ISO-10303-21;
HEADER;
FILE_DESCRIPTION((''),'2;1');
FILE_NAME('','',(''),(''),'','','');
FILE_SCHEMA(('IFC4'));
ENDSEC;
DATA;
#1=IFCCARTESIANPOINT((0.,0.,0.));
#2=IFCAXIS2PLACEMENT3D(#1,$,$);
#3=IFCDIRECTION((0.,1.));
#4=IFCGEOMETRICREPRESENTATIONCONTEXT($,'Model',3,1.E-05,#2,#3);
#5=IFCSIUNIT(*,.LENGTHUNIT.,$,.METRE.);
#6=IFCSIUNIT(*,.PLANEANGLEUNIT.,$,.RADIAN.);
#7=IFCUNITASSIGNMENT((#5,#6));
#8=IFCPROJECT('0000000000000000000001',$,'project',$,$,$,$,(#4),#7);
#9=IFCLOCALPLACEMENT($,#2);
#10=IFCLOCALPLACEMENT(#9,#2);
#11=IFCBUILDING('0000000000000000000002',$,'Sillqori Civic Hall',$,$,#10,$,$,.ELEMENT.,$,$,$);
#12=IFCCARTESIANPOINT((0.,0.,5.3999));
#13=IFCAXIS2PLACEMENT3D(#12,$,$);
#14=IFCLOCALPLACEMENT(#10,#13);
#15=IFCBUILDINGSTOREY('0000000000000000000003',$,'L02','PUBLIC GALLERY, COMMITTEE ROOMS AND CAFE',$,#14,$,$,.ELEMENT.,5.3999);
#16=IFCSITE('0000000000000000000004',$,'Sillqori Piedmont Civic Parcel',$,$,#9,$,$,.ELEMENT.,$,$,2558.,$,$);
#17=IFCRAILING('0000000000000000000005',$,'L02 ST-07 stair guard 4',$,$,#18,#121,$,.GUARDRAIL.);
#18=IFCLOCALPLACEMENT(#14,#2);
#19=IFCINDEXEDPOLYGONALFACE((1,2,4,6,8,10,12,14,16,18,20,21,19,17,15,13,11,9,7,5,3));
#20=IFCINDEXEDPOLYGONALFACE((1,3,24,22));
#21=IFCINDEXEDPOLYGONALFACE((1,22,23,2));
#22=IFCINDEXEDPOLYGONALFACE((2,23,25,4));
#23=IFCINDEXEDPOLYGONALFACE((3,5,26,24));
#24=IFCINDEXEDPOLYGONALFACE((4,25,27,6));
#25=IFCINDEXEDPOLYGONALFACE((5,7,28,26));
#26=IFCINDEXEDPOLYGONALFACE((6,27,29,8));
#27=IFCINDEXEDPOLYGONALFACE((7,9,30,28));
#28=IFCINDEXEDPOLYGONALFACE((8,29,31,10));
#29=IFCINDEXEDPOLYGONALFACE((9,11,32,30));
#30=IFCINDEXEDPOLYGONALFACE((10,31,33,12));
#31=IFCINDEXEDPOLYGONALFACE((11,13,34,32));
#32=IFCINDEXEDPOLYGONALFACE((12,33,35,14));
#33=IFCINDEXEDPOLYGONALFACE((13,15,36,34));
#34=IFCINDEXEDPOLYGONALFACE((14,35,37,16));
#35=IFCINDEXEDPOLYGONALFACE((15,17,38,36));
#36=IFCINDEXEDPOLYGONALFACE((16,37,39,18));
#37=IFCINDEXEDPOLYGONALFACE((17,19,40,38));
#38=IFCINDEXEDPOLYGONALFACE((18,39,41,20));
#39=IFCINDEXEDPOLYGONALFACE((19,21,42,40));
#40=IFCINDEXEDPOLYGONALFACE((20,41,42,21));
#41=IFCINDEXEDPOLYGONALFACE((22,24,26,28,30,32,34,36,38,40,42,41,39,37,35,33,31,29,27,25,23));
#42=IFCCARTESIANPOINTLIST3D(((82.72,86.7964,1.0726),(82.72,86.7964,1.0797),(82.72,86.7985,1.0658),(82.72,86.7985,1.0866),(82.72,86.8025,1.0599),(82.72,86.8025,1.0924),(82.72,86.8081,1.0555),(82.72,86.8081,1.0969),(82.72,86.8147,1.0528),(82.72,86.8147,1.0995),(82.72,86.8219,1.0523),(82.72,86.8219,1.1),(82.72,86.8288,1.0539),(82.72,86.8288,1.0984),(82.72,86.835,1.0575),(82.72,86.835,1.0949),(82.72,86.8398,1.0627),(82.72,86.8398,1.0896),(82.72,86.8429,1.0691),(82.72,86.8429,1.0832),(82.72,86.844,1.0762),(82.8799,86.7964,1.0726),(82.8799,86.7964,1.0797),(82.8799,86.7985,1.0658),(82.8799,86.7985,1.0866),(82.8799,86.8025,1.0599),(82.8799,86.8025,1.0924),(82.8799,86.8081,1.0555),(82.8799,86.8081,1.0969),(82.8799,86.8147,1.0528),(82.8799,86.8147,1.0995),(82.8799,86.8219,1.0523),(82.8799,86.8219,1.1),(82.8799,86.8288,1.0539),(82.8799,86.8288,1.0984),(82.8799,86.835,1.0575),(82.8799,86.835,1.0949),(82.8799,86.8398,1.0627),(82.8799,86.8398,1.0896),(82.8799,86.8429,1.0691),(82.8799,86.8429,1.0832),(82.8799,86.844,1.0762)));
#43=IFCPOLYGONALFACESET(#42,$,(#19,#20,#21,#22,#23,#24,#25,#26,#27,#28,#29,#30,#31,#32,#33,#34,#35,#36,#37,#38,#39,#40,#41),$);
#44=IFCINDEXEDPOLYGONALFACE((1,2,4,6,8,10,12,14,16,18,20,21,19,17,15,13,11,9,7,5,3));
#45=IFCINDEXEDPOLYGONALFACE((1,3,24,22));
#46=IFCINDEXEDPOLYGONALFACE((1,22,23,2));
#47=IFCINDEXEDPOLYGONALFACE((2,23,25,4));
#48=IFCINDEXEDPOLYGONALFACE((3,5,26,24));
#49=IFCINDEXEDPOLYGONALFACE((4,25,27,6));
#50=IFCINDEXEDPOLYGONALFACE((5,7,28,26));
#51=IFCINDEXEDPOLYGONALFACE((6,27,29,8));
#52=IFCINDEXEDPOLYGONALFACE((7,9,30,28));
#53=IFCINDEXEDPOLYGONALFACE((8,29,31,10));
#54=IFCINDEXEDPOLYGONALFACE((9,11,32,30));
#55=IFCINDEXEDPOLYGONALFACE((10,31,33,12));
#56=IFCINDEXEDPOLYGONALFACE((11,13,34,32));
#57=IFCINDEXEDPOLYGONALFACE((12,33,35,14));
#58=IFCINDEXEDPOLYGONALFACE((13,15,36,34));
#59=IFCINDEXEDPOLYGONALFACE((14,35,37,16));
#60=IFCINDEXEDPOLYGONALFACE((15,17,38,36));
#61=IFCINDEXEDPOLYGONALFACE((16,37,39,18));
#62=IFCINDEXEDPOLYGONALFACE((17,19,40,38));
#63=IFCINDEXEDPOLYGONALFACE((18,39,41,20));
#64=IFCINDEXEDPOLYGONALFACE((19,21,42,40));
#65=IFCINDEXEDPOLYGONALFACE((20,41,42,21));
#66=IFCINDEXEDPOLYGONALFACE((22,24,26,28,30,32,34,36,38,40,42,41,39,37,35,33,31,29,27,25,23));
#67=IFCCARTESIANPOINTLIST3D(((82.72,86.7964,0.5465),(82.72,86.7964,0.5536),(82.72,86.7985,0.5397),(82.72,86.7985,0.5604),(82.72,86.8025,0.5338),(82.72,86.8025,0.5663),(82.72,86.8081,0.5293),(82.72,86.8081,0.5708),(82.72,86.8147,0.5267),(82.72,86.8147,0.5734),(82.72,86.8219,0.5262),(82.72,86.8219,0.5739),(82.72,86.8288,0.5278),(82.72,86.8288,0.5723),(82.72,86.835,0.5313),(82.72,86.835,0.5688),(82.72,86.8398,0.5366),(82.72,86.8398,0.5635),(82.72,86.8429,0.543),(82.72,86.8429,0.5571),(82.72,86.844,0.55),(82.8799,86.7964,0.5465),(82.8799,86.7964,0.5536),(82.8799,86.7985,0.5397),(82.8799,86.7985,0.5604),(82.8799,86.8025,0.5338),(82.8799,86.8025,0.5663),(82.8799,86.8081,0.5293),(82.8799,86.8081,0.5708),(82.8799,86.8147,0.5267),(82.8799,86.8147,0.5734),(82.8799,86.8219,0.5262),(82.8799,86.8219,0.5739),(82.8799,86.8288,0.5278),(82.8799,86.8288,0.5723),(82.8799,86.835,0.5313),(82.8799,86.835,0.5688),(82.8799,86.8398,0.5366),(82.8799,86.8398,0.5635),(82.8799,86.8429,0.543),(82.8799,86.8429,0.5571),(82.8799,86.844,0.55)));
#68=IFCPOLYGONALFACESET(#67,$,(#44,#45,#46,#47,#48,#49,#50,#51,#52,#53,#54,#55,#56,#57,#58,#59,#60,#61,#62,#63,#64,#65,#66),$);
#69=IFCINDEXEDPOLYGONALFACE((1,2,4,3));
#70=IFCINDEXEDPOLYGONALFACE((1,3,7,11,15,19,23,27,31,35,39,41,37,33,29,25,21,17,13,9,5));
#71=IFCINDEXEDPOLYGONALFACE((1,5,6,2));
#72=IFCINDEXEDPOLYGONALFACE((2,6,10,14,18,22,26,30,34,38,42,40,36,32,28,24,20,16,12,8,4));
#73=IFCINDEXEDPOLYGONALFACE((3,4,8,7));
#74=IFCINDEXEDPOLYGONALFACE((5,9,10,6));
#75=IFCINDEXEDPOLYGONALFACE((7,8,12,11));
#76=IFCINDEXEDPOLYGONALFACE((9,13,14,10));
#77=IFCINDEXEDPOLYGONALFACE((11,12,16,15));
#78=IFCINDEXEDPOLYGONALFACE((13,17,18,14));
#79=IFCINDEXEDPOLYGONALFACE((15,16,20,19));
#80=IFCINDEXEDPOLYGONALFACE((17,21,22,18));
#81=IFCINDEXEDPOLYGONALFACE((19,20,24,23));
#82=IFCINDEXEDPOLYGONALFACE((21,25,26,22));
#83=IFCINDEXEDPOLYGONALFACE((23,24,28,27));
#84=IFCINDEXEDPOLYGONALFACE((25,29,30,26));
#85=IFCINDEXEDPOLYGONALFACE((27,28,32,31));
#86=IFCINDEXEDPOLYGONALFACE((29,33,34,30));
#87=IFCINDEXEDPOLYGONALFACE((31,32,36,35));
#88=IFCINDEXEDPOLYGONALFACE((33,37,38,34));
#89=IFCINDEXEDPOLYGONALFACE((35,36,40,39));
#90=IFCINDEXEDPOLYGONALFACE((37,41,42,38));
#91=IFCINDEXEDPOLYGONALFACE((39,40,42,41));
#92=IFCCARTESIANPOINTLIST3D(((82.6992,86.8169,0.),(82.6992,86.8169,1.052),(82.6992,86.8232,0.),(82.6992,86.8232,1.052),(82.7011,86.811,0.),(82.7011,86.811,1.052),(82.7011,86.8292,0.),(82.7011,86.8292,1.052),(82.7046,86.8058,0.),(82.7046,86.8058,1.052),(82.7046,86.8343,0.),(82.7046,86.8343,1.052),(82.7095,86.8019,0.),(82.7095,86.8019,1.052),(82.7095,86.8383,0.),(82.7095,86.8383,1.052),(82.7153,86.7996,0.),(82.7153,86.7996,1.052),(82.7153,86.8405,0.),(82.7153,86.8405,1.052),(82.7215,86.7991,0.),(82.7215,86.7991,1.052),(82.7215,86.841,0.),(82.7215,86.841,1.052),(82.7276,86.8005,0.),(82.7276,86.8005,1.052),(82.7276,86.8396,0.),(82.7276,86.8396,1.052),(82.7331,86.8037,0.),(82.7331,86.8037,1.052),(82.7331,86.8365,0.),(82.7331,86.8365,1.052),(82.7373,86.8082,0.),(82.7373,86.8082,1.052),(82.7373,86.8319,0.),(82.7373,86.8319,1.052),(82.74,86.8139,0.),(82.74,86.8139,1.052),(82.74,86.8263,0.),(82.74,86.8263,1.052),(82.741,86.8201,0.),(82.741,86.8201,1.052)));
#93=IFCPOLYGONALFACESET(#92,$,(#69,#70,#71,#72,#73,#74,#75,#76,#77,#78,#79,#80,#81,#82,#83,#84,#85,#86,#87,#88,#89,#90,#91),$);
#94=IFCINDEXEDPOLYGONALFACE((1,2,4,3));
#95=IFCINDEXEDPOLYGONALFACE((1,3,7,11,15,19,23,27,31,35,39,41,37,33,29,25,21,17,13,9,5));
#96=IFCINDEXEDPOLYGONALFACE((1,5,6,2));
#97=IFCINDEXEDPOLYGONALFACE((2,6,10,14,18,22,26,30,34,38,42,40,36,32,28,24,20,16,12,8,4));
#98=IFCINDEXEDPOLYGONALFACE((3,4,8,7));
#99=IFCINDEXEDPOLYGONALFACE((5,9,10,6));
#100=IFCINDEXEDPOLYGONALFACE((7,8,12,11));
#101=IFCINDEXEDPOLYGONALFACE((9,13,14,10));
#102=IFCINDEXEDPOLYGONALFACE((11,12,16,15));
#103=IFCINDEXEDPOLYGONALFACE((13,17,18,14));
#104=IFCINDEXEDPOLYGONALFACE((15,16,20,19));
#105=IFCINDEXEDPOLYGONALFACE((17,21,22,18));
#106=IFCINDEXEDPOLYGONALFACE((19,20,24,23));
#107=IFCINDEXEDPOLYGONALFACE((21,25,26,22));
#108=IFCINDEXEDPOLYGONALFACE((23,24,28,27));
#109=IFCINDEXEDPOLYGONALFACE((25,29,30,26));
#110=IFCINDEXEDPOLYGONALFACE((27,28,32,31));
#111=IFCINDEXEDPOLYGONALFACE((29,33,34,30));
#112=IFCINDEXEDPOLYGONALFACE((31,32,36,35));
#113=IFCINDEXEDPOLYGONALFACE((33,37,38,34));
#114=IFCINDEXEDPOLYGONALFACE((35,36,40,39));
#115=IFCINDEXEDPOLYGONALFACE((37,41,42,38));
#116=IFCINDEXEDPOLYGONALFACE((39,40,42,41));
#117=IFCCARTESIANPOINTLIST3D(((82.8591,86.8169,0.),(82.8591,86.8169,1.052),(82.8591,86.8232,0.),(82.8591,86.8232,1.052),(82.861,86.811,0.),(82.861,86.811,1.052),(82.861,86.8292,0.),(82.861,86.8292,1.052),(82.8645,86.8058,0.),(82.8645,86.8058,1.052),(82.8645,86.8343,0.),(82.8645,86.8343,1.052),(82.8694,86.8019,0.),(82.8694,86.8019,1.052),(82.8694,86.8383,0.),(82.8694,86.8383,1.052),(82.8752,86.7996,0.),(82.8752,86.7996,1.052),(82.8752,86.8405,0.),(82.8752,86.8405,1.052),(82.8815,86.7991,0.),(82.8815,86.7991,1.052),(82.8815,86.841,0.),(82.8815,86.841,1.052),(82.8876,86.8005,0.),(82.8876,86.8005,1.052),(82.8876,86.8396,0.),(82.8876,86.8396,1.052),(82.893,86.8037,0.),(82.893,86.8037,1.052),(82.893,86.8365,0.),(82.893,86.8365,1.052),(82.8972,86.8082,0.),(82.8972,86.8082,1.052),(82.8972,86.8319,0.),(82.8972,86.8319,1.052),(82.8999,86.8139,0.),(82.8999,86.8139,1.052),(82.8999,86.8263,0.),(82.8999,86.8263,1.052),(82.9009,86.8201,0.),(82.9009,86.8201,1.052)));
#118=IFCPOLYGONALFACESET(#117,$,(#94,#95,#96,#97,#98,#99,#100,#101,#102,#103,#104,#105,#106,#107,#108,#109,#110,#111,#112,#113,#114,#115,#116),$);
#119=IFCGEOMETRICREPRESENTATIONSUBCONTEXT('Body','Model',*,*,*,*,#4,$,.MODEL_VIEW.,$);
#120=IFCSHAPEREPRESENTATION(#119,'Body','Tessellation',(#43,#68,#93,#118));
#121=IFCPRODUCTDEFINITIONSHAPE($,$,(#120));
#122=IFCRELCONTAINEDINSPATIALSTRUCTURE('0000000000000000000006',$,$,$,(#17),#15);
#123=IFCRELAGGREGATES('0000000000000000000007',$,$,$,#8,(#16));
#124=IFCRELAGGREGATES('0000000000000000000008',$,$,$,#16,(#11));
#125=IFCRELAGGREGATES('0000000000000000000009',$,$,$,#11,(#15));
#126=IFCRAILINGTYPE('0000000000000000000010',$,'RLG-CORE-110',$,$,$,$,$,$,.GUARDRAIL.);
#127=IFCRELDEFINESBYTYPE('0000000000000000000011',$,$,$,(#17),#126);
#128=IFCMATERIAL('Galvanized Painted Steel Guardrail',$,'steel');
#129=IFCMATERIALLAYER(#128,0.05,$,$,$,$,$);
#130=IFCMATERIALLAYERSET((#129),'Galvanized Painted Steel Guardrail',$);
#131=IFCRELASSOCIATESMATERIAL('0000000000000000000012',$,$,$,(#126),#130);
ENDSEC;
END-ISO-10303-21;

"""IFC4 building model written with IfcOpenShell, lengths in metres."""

from ifc_helpers import new_model, si_unit, direction, frame, origin, origin_2d, place, context, subcontext, project, spatial, circle, extrude, material, layer, layer_set, type_object, element, save


model = new_model("IFC4")

# Units and contexts
model_context = context("Model", 3, precision=1e-05, world=origin(), true_north=direction((0.0, 1.0)))
body_context = subcontext(model_context, "Body", "Model", "MODEL_VIEW")
ifc_project = project(units=[si_unit("LENGTHUNIT", "METRE"), si_unit("PLANEANGLEUNIT", "RADIAN")], contexts=[model_context])

# Site, building, storey
site_placement = place(None, origin())
site = spatial("IfcSite", under=ifc_project, at=site_placement, Name="Sillqori Piedmont Civic Parcel", CompositionType="ELEMENT", RefElevation=2558.0)
building_placement = place(site_placement, origin())
building = spatial("IfcBuilding", under=site, at=building_placement, Name="Sillqori Civic Hall", CompositionType="ELEMENT")
storey_placement = place(building_placement, frame((0.0, 0.0, 5.3999)))
storey = spatial("IfcBuildingStorey", under=building, at=storey_placement, Name="L02", Description="PUBLIC GALLERY, COMMITTEE ROOMS AND CAFE", CompositionType="ELEMENT", Elevation=5.3999)

# Railing
ifc_material_1 = material(Name="Galvanized Painted Steel Guardrail", Category="steel")
ifc_layer_1 = layer(ifc_material_1, 0.05)
ifc_layer_set_1 = layer_set([ifc_layer_1], Name="Galvanized Painted Steel Guardrail")
railing_type_1 = type_object("IfcRailingType", Name="RLG-CORE-110", PredefinedType="GUARDRAIL", material=ifc_layer_set_1)
railing_1_placement = place(storey_placement, frame((82.72, 86.8201, 0.0)))
element("IfcRailing", 1, at=railing_1_placement, inside=storey, type_object=railing_type_1, Name="L02 ST-07 stair guard 4", PredefinedType="GUARDRAIL", context=body_context, shape_type="SweptSolid", body=[
    extrude(circle(Radius=0.0239, at=origin_2d()), frame((0.0, 0.0, 1.0762), z_axis=(1.0, 0.0, 0.0), x_axis=(0.0, 1.0, 0.0)), (0.0, 0.0, 1.0), 0.1599),
    extrude(circle(Radius=0.0239, at=origin_2d()), frame((0.0, 0.0, 0.55), z_axis=(1.0, 0.0, 0.0), x_axis=(0.0, 1.0, 0.0)), (0.0, 0.0, 1.0), 0.1599),
    extrude(circle(Radius=0.021, at=origin_2d()), origin(), (0.0, 0.0, 1.0), 1.052),
    extrude(circle(Radius=0.021, at=origin_2d()), frame((0.1599, 0.0, 0.0)), (0.0, 0.0, 1.0), 1.052),
])

save(model, "model.ifc")
